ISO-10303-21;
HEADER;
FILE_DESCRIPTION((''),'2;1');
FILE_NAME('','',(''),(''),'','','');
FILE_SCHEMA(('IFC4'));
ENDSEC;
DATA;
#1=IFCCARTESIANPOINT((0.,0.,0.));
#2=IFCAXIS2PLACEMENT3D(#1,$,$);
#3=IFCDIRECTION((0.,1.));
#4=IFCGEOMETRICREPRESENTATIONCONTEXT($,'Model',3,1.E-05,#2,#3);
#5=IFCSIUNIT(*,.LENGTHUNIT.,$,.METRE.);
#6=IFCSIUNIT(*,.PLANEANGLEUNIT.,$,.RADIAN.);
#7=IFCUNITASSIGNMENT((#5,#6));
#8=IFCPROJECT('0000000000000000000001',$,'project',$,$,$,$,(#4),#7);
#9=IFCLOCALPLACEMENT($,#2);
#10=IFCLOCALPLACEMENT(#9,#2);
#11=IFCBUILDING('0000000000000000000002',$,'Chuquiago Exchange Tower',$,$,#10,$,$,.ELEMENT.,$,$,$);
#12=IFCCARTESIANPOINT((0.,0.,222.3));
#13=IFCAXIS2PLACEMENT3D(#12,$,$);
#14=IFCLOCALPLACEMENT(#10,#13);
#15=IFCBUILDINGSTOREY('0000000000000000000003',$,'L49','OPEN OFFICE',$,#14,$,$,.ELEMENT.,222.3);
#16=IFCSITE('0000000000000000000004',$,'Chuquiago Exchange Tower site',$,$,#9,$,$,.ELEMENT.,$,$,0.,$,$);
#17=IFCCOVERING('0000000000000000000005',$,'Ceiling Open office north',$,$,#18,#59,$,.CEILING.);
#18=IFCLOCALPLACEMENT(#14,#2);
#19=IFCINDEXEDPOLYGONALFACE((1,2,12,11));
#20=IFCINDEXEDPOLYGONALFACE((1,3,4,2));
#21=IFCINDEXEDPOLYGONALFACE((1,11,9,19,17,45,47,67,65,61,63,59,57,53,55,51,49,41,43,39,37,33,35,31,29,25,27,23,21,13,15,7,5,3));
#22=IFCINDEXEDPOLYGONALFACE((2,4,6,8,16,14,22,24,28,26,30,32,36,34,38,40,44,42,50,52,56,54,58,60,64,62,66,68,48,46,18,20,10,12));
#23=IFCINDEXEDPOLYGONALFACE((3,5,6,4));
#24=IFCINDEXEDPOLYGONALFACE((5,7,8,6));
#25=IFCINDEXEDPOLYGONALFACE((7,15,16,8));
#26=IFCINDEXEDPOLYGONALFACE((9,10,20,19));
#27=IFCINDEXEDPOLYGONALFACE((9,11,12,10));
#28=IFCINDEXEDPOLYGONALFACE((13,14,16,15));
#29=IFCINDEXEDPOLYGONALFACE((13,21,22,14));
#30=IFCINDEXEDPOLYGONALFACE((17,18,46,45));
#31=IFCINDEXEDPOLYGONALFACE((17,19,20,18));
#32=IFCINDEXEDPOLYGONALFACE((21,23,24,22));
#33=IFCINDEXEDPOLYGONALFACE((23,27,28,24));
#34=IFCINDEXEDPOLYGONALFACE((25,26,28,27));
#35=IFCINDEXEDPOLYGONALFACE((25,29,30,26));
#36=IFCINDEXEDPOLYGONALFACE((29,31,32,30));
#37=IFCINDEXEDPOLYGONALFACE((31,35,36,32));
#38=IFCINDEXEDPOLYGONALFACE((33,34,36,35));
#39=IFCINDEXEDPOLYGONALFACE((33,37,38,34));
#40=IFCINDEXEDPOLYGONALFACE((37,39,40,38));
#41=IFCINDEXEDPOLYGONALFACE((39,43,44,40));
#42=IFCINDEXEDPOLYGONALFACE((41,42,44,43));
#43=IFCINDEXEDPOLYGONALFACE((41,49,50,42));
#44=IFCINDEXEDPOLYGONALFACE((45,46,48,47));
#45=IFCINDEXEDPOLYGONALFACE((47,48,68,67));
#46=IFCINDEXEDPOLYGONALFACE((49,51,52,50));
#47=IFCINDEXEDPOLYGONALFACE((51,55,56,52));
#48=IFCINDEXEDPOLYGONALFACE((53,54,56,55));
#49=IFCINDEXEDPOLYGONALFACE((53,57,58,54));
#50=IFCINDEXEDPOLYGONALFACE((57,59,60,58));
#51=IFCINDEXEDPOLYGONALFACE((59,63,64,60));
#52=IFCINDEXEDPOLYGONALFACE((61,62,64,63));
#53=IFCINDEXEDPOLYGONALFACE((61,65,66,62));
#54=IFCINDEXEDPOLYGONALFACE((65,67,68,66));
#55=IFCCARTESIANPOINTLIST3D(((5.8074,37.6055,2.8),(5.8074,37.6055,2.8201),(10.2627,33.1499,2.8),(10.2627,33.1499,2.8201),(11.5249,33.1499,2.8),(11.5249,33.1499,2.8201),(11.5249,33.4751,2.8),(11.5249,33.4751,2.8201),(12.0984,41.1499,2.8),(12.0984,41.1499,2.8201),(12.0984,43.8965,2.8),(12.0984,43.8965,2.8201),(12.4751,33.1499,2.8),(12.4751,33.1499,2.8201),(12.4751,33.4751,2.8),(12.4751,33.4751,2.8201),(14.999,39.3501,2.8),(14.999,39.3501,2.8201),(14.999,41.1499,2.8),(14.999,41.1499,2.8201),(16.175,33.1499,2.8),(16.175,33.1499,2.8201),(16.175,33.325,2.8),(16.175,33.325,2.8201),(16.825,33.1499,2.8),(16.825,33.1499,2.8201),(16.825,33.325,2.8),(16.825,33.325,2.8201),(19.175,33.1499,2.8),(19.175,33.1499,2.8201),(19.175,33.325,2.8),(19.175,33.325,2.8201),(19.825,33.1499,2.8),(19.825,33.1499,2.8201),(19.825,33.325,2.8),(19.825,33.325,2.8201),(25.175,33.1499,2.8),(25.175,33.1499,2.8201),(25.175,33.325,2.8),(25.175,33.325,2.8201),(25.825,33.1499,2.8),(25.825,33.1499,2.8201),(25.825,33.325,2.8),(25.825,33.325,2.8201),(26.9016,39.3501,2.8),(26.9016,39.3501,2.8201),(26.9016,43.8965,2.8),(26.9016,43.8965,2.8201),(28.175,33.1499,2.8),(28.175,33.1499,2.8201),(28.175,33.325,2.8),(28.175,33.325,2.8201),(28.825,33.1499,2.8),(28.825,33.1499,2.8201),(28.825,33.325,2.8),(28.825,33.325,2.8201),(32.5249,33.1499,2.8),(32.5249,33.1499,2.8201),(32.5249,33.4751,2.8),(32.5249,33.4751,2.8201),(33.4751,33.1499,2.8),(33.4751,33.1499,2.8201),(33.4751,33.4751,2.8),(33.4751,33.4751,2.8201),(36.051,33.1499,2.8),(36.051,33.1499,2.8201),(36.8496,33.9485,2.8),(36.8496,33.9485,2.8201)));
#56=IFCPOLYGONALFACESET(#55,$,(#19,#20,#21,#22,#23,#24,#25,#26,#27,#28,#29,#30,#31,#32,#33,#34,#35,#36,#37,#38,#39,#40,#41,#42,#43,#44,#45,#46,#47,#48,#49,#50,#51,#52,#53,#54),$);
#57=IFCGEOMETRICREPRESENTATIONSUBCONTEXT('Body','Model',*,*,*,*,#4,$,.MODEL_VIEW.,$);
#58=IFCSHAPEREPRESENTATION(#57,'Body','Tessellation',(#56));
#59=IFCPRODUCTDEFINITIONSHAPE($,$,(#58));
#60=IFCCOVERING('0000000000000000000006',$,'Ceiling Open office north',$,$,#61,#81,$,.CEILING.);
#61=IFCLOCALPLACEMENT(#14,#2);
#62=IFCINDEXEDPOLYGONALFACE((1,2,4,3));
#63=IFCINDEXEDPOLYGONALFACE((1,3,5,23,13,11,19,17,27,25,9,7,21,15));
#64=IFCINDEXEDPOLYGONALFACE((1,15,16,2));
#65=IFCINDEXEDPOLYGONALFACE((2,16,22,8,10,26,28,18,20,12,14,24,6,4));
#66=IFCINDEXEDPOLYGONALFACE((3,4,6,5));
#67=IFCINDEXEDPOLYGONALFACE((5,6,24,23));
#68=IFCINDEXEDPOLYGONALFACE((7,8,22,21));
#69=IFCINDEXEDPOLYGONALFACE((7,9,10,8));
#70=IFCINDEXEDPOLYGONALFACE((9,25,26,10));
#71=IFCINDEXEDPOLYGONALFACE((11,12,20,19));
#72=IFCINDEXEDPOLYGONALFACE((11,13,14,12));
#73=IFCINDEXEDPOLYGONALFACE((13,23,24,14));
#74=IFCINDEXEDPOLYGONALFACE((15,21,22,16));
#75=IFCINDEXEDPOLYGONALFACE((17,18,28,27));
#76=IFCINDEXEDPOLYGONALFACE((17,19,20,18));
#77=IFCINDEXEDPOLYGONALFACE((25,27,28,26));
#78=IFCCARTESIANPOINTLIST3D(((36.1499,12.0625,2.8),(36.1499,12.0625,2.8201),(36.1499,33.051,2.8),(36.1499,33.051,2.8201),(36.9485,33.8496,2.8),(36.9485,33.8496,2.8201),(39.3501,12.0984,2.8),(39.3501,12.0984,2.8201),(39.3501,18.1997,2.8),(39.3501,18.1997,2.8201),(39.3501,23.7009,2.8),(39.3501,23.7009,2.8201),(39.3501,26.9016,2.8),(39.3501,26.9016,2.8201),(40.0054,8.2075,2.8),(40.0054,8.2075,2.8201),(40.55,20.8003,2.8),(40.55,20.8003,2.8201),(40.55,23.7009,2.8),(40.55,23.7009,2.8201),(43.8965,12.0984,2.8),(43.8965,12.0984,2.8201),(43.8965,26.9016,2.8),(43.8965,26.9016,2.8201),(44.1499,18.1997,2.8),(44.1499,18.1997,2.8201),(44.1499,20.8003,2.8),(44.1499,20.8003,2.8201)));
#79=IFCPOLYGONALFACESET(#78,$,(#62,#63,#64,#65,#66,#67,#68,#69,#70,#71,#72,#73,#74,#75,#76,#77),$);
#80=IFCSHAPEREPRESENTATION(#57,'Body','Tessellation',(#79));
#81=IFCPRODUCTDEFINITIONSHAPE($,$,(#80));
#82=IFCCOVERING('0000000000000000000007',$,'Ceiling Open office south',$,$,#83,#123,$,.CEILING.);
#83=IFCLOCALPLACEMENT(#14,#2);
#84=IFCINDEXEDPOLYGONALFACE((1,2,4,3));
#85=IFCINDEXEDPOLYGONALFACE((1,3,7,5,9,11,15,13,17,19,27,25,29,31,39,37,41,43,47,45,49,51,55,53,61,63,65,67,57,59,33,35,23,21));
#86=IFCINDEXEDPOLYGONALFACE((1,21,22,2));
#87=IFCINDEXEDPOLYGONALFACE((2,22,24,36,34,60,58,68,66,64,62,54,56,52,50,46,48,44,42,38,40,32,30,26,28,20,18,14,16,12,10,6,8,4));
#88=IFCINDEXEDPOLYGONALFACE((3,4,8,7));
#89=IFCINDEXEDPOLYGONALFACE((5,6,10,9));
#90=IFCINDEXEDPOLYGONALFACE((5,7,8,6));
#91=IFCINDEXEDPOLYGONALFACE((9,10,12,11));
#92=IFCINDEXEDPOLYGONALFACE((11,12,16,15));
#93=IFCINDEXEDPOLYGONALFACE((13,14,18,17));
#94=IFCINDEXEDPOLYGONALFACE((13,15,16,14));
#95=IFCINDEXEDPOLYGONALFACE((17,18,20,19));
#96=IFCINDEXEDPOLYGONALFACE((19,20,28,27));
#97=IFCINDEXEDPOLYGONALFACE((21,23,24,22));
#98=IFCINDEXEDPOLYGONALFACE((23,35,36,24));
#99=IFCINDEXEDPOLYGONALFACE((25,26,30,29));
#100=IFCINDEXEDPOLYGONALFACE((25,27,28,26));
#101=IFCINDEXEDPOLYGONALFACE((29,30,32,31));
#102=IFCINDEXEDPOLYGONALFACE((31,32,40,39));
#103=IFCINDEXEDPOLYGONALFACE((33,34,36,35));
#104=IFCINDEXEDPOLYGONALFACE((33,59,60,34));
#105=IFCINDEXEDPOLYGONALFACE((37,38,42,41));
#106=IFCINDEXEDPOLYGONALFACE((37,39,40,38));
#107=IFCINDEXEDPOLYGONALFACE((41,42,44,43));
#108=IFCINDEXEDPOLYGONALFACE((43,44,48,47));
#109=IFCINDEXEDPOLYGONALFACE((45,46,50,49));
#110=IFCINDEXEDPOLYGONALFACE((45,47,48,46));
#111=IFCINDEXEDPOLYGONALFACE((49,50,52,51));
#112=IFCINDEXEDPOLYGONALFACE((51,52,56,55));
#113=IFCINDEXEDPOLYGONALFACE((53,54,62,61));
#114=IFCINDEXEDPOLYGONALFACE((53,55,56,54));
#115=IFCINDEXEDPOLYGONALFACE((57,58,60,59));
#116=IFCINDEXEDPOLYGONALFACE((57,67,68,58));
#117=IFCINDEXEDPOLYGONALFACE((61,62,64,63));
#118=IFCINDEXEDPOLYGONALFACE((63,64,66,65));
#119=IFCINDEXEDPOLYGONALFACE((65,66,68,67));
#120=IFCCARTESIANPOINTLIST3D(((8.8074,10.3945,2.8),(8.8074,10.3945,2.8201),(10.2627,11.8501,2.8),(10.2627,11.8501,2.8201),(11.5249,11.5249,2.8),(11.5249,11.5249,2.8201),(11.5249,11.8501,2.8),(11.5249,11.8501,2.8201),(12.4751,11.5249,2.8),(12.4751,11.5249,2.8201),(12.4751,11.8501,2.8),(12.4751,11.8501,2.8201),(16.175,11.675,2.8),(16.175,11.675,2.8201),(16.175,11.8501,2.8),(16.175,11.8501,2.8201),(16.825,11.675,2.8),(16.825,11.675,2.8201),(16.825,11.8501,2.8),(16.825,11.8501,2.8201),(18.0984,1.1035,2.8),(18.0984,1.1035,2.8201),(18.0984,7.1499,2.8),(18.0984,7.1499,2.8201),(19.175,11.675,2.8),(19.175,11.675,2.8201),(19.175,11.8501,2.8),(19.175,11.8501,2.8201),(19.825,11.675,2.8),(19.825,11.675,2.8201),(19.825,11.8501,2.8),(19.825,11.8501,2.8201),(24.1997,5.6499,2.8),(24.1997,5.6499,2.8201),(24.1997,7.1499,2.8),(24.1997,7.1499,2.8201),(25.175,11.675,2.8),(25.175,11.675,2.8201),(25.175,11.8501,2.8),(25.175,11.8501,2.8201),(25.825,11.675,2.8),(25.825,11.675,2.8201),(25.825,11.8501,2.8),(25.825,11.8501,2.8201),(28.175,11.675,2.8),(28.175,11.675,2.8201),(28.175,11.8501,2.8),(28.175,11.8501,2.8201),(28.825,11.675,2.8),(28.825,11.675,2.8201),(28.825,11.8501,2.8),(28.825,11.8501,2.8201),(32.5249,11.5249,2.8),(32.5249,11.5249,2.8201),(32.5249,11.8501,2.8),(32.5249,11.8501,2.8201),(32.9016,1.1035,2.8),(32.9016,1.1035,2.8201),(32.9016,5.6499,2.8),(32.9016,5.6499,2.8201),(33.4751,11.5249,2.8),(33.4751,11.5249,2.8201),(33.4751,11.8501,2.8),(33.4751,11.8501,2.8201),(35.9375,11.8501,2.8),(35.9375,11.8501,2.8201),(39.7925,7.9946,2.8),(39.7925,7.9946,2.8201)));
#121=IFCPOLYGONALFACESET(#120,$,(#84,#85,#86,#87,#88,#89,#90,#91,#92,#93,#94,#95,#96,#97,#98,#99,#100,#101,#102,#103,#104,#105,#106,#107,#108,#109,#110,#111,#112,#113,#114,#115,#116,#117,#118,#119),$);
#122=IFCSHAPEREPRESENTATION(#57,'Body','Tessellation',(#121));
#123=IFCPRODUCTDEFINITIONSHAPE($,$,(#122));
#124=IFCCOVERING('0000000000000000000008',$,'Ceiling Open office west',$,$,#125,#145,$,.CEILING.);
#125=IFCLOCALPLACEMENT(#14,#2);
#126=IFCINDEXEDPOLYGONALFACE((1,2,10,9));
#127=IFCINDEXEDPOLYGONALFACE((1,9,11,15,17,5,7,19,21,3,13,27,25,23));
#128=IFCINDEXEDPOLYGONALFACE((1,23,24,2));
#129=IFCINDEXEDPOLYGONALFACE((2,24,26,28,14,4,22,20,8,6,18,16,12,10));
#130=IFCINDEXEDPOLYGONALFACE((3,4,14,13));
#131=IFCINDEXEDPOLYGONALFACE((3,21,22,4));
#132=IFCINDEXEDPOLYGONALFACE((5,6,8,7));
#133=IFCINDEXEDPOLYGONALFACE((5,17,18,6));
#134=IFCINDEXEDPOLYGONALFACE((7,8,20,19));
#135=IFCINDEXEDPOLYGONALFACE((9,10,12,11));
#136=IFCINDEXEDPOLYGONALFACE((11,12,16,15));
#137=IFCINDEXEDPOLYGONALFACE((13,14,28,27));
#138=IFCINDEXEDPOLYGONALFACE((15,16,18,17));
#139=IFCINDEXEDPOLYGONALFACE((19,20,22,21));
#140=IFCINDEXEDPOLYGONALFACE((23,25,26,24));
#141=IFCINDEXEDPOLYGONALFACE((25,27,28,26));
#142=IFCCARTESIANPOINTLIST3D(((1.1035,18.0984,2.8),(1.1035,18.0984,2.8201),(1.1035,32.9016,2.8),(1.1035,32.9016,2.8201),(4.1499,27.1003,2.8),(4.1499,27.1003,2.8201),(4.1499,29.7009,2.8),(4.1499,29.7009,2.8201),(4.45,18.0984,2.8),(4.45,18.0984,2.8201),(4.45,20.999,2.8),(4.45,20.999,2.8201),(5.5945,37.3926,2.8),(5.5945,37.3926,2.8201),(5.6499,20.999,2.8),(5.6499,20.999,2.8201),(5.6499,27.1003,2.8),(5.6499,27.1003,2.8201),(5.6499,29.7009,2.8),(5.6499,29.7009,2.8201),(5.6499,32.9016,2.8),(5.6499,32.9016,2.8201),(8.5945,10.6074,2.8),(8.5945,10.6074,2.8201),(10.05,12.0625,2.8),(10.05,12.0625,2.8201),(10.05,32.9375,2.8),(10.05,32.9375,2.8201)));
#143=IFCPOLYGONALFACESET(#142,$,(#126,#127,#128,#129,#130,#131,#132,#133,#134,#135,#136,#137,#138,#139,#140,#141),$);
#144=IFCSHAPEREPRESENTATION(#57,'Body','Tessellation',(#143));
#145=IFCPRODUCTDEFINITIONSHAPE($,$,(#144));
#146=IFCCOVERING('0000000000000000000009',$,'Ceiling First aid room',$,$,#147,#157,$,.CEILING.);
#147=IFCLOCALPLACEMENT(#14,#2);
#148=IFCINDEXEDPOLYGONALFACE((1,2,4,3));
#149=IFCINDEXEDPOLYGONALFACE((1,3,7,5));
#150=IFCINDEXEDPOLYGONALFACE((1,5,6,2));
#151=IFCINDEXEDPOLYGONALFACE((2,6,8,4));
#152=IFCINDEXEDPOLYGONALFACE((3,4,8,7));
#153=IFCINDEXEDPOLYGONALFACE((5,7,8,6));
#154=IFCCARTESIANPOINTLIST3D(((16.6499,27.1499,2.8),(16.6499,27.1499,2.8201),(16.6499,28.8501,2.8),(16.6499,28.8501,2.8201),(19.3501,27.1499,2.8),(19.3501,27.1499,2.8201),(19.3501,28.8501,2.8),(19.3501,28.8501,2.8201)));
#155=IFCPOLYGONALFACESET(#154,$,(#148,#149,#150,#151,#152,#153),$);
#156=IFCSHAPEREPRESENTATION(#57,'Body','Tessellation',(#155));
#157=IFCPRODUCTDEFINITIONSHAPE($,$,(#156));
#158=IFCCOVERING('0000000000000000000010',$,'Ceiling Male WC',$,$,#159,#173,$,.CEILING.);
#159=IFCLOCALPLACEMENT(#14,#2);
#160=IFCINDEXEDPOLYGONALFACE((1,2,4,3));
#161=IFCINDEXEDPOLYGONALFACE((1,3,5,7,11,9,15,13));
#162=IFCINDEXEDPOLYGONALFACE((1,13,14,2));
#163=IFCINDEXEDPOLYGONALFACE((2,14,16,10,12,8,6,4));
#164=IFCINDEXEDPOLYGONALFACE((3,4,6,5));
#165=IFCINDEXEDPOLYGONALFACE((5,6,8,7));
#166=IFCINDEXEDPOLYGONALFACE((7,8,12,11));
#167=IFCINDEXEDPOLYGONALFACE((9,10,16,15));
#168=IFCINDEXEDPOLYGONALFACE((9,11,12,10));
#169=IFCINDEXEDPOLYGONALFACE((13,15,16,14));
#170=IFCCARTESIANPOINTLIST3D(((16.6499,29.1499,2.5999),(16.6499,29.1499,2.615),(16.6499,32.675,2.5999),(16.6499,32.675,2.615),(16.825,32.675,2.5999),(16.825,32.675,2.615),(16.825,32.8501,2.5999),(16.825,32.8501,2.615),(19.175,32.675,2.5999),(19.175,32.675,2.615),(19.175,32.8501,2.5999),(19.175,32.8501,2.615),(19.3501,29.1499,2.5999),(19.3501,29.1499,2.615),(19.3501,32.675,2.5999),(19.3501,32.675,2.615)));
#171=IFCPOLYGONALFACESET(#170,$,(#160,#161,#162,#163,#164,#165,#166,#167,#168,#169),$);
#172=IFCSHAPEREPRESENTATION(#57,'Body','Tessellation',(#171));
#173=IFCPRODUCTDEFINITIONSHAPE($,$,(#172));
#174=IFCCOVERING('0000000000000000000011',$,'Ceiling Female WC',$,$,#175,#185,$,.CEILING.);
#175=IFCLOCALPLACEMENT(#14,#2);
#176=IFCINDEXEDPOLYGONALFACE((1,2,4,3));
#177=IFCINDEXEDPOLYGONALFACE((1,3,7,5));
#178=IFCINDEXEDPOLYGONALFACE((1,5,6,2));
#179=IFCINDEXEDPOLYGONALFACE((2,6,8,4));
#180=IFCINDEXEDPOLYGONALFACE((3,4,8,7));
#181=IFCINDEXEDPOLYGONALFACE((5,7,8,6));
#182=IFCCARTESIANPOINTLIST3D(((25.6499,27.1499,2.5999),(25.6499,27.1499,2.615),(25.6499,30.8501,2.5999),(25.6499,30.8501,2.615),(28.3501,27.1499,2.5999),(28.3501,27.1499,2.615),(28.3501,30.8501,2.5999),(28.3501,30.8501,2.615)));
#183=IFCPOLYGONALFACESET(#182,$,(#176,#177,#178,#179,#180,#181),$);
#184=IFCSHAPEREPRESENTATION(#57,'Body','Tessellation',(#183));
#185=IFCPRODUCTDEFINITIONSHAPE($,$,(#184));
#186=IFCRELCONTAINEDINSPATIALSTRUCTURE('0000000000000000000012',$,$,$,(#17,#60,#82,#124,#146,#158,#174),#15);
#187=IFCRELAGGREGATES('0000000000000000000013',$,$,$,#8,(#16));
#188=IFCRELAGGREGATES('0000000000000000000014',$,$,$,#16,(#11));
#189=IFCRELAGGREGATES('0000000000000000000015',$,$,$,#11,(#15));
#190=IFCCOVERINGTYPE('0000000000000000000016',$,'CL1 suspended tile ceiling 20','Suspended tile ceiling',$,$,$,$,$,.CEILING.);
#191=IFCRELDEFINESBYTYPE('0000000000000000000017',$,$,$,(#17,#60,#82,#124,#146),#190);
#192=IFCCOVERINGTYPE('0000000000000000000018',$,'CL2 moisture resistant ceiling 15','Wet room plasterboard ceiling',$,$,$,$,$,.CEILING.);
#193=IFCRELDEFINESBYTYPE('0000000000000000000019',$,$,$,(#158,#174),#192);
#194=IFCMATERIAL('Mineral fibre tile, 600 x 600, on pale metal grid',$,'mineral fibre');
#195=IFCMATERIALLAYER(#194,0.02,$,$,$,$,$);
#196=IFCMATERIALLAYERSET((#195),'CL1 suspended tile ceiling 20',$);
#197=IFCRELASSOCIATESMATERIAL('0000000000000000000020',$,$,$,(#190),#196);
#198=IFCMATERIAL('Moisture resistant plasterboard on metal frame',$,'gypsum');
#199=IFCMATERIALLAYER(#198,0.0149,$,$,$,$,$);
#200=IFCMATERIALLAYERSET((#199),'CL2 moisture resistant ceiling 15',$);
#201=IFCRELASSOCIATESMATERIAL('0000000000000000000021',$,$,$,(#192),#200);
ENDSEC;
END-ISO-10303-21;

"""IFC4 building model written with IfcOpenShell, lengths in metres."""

from ifc_helpers import new_model, si_unit, direction, frame, origin, place, context, subcontext, project, spatial, polyline, outline, extrude, material, layer, layer_set, type_object, element, save


model = new_model("IFC4")

# Units and contexts
model_context = context("Model", 3, precision=1e-05, world=origin(), true_north=direction((0.0, 1.0)))
body_context = subcontext(model_context, "Body", "Model", "MODEL_VIEW")
ifc_project = project(units=[si_unit("LENGTHUNIT", "METRE"), si_unit("PLANEANGLEUNIT", "RADIAN")], contexts=[model_context])

# Site, building, storey
site_placement = place(None, origin())
site = spatial("IfcSite", under=ifc_project, at=site_placement, Name="Chuquiago Exchange Tower site", CompositionType="ELEMENT", RefElevation=0.0)
building_placement = place(site_placement, origin())
building = spatial("IfcBuilding", under=site, at=building_placement, Name="Chuquiago Exchange Tower", CompositionType="ELEMENT")
storey_placement = place(building_placement, frame((0.0, 0.0, 222.3)))
storey = spatial("IfcBuildingStorey", under=building, at=storey_placement, Name="L49", Description="OPEN OFFICE", CompositionType="ELEMENT", Elevation=222.3)

# Coverings
ifc_material_1 = material(Name="Mineral fibre tile, 600 x 600, on pale metal grid", Category="mineral fibre")
ifc_layer_1 = layer(ifc_material_1, 0.02)
ifc_layer_set_1 = layer_set([ifc_layer_1], Name="CL1 suspended tile ceiling 20")
covering_type_1 = type_object("IfcCoveringType", Name="CL1 suspended tile ceiling 20", Description="Suspended tile ceiling", PredefinedType="CEILING", material=ifc_layer_set_1)
covering_1_placement = place(storey_placement, frame((0.0, 0.0, 2.8)))
element("IfcCovering", 1, at=covering_1_placement, inside=storey, type_object=covering_type_1, Name="Ceiling Open office north", PredefinedType="CEILING", context=body_context, shape_type="SweptSolid", body=[
    extrude(outline(polyline([(14.999, 41.1499), (14.999, 39.3501), (26.9016, 39.3501), (26.9016, 43.8965), (36.8496, 33.9485), (36.051, 33.1499), (33.4751, 33.1499), (33.4751, 33.4751), (32.5249, 33.4751), (32.5249, 33.1499), (28.825, 33.1499), (28.825, 33.325), (28.175, 33.325), (28.175, 33.1499), (25.825, 33.1499), (25.825, 33.325), (25.175, 33.325), (25.175, 33.1499), (19.825, 33.1499), (19.825, 33.325), (19.175, 33.325), (19.175, 33.1499), (16.825, 33.1499), (16.825, 33.325), (16.175, 33.325), (16.175, 33.1499), (12.4751, 33.1499), (12.4751, 33.4751), (11.5249, 33.4751), (11.5249, 33.1499), (10.2627, 33.1499), (5.8074, 37.6055), (12.0984, 43.8965), (12.0984, 41.1499), (14.999, 41.1499)])), origin(), (0.0, 0.0, 1.0), 0.02),
])
covering_2_placement = place(storey_placement, frame((0.0, 0.0, 2.8)))
element("IfcCovering", 2, at=covering_2_placement, inside=storey, type_object=covering_type_1, Name="Ceiling Open office north", PredefinedType="CEILING", context=body_context, shape_type="SweptSolid", body=[
    extrude(outline(polyline([(43.8965, 26.9016), (39.3501, 26.9016), (39.3501, 23.7009), (40.55, 23.7009), (40.55, 20.8003), (44.1499, 20.8003), (44.1499, 18.1997), (39.3501, 18.1997), (39.3501, 12.0984), (43.8965, 12.0984), (40.0054, 8.2075), (36.1499, 12.0625), (36.1499, 33.051), (36.9485, 33.8496), (43.8965, 26.9016)])), origin(), (0.0, 0.0, 1.0), 0.02),
])
covering_3_placement = place(storey_placement, frame((0.0, 0.0, 2.8)))
element("IfcCovering", 3, at=covering_3_placement, inside=storey, type_object=covering_type_1, Name="Ceiling Open office south", PredefinedType="CEILING", context=body_context, shape_type="SweptSolid", body=[
    extrude(outline(polyline([(32.9016, 5.6499), (24.1997, 5.6499), (24.1997, 7.1499), (18.0984, 7.1499), (18.0984, 1.1035), (8.8074, 10.3945), (10.2627, 11.8501), (11.5249, 11.8501), (11.5249, 11.5249), (12.4751, 11.5249), (12.4751, 11.8501), (16.175, 11.8501), (16.175, 11.675), (16.825, 11.675), (16.825, 11.8501), (19.175, 11.8501), (19.175, 11.675), (19.825, 11.675), (19.825, 11.8501), (25.175, 11.8501), (25.175, 11.675), (25.825, 11.675), (25.825, 11.8501), (28.175, 11.8501), (28.175, 11.675), (28.825, 11.675), (28.825, 11.8501), (32.5249, 11.8501), (32.5249, 11.5249), (33.4751, 11.5249), (33.4751, 11.8501), (35.9375, 11.8501), (39.7925, 7.9946), (32.9016, 1.1035), (32.9016, 5.6499)])), origin(), (0.0, 0.0, 1.0), 0.02),
])
covering_4_placement = place(storey_placement, frame((0.0, 0.0, 2.8)))
element("IfcCovering", 4, at=covering_4_placement, inside=storey, type_object=covering_type_1, Name="Ceiling Open office west", PredefinedType="CEILING", context=body_context, shape_type="SweptSolid", body=[
    extrude(outline(polyline([(4.45, 18.0984), (4.45, 20.999), (5.6499, 20.999), (5.6499, 27.1003), (4.1499, 27.1003), (4.1499, 29.7009), (5.6499, 29.7009), (5.6499, 32.9016), (1.1035, 32.9016), (5.5945, 37.3926), (10.05, 32.9375), (10.05, 12.0625), (8.5945, 10.6074), (1.1035, 18.0984), (4.45, 18.0984)])), origin(), (0.0, 0.0, 1.0), 0.02),
])
covering_5_placement = place(storey_placement, frame((0.0, 0.0, 2.8)))
element("IfcCovering", 5, at=covering_5_placement, inside=storey, type_object=covering_type_1, Name="Ceiling First aid room", PredefinedType="CEILING", context=body_context, shape_type="SweptSolid", body=[
    extrude(outline(polyline([(16.6499, 27.1499), (16.6499, 28.8501), (19.3501, 28.8501), (19.3501, 27.1499), (16.6499, 27.1499)])), origin(), (0.0, 0.0, 1.0), 0.02),
])
ifc_material_2 = material(Name="Moisture resistant plasterboard on metal frame", Category="gypsum")
ifc_layer_2 = layer(ifc_material_2, 0.0149)
ifc_layer_set_2 = layer_set([ifc_layer_2], Name="CL2 moisture resistant ceiling 15")
covering_type_2 = type_object("IfcCoveringType", Name="CL2 moisture resistant ceiling 15", Description="Wet room plasterboard ceiling", PredefinedType="CEILING", material=ifc_layer_set_2)
covering_6_placement = place(storey_placement, frame((0.0, 0.0, 2.5999)))
element("IfcCovering", 6, at=covering_6_placement, inside=storey, type_object=covering_type_2, Name="Ceiling Male WC", PredefinedType="CEILING", context=body_context, shape_type="SweptSolid", body=[
    extrude(outline(polyline([(16.6499, 29.1499), (16.6499, 32.675), (16.825, 32.675), (16.825, 32.8501), (19.175, 32.8501), (19.175, 32.675), (19.3501, 32.675), (19.3501, 29.1499), (16.6499, 29.1499)])), origin(), (0.0, 0.0, 1.0), 0.0151),
])
covering_7_placement = place(storey_placement, frame((0.0, 0.0, 2.5999)))
element("IfcCovering", 7, at=covering_7_placement, inside=storey, type_object=covering_type_2, Name="Ceiling Female WC", PredefinedType="CEILING", context=body_context, shape_type="SweptSolid", body=[
    extrude(outline(polyline([(25.6499, 27.1499), (25.6499, 30.8501), (28.3501, 30.8501), (28.3501, 27.1499), (25.6499, 27.1499)])), origin(), (0.0, 0.0, 1.0), 0.0151),
])

save(model, "model.ifc")
